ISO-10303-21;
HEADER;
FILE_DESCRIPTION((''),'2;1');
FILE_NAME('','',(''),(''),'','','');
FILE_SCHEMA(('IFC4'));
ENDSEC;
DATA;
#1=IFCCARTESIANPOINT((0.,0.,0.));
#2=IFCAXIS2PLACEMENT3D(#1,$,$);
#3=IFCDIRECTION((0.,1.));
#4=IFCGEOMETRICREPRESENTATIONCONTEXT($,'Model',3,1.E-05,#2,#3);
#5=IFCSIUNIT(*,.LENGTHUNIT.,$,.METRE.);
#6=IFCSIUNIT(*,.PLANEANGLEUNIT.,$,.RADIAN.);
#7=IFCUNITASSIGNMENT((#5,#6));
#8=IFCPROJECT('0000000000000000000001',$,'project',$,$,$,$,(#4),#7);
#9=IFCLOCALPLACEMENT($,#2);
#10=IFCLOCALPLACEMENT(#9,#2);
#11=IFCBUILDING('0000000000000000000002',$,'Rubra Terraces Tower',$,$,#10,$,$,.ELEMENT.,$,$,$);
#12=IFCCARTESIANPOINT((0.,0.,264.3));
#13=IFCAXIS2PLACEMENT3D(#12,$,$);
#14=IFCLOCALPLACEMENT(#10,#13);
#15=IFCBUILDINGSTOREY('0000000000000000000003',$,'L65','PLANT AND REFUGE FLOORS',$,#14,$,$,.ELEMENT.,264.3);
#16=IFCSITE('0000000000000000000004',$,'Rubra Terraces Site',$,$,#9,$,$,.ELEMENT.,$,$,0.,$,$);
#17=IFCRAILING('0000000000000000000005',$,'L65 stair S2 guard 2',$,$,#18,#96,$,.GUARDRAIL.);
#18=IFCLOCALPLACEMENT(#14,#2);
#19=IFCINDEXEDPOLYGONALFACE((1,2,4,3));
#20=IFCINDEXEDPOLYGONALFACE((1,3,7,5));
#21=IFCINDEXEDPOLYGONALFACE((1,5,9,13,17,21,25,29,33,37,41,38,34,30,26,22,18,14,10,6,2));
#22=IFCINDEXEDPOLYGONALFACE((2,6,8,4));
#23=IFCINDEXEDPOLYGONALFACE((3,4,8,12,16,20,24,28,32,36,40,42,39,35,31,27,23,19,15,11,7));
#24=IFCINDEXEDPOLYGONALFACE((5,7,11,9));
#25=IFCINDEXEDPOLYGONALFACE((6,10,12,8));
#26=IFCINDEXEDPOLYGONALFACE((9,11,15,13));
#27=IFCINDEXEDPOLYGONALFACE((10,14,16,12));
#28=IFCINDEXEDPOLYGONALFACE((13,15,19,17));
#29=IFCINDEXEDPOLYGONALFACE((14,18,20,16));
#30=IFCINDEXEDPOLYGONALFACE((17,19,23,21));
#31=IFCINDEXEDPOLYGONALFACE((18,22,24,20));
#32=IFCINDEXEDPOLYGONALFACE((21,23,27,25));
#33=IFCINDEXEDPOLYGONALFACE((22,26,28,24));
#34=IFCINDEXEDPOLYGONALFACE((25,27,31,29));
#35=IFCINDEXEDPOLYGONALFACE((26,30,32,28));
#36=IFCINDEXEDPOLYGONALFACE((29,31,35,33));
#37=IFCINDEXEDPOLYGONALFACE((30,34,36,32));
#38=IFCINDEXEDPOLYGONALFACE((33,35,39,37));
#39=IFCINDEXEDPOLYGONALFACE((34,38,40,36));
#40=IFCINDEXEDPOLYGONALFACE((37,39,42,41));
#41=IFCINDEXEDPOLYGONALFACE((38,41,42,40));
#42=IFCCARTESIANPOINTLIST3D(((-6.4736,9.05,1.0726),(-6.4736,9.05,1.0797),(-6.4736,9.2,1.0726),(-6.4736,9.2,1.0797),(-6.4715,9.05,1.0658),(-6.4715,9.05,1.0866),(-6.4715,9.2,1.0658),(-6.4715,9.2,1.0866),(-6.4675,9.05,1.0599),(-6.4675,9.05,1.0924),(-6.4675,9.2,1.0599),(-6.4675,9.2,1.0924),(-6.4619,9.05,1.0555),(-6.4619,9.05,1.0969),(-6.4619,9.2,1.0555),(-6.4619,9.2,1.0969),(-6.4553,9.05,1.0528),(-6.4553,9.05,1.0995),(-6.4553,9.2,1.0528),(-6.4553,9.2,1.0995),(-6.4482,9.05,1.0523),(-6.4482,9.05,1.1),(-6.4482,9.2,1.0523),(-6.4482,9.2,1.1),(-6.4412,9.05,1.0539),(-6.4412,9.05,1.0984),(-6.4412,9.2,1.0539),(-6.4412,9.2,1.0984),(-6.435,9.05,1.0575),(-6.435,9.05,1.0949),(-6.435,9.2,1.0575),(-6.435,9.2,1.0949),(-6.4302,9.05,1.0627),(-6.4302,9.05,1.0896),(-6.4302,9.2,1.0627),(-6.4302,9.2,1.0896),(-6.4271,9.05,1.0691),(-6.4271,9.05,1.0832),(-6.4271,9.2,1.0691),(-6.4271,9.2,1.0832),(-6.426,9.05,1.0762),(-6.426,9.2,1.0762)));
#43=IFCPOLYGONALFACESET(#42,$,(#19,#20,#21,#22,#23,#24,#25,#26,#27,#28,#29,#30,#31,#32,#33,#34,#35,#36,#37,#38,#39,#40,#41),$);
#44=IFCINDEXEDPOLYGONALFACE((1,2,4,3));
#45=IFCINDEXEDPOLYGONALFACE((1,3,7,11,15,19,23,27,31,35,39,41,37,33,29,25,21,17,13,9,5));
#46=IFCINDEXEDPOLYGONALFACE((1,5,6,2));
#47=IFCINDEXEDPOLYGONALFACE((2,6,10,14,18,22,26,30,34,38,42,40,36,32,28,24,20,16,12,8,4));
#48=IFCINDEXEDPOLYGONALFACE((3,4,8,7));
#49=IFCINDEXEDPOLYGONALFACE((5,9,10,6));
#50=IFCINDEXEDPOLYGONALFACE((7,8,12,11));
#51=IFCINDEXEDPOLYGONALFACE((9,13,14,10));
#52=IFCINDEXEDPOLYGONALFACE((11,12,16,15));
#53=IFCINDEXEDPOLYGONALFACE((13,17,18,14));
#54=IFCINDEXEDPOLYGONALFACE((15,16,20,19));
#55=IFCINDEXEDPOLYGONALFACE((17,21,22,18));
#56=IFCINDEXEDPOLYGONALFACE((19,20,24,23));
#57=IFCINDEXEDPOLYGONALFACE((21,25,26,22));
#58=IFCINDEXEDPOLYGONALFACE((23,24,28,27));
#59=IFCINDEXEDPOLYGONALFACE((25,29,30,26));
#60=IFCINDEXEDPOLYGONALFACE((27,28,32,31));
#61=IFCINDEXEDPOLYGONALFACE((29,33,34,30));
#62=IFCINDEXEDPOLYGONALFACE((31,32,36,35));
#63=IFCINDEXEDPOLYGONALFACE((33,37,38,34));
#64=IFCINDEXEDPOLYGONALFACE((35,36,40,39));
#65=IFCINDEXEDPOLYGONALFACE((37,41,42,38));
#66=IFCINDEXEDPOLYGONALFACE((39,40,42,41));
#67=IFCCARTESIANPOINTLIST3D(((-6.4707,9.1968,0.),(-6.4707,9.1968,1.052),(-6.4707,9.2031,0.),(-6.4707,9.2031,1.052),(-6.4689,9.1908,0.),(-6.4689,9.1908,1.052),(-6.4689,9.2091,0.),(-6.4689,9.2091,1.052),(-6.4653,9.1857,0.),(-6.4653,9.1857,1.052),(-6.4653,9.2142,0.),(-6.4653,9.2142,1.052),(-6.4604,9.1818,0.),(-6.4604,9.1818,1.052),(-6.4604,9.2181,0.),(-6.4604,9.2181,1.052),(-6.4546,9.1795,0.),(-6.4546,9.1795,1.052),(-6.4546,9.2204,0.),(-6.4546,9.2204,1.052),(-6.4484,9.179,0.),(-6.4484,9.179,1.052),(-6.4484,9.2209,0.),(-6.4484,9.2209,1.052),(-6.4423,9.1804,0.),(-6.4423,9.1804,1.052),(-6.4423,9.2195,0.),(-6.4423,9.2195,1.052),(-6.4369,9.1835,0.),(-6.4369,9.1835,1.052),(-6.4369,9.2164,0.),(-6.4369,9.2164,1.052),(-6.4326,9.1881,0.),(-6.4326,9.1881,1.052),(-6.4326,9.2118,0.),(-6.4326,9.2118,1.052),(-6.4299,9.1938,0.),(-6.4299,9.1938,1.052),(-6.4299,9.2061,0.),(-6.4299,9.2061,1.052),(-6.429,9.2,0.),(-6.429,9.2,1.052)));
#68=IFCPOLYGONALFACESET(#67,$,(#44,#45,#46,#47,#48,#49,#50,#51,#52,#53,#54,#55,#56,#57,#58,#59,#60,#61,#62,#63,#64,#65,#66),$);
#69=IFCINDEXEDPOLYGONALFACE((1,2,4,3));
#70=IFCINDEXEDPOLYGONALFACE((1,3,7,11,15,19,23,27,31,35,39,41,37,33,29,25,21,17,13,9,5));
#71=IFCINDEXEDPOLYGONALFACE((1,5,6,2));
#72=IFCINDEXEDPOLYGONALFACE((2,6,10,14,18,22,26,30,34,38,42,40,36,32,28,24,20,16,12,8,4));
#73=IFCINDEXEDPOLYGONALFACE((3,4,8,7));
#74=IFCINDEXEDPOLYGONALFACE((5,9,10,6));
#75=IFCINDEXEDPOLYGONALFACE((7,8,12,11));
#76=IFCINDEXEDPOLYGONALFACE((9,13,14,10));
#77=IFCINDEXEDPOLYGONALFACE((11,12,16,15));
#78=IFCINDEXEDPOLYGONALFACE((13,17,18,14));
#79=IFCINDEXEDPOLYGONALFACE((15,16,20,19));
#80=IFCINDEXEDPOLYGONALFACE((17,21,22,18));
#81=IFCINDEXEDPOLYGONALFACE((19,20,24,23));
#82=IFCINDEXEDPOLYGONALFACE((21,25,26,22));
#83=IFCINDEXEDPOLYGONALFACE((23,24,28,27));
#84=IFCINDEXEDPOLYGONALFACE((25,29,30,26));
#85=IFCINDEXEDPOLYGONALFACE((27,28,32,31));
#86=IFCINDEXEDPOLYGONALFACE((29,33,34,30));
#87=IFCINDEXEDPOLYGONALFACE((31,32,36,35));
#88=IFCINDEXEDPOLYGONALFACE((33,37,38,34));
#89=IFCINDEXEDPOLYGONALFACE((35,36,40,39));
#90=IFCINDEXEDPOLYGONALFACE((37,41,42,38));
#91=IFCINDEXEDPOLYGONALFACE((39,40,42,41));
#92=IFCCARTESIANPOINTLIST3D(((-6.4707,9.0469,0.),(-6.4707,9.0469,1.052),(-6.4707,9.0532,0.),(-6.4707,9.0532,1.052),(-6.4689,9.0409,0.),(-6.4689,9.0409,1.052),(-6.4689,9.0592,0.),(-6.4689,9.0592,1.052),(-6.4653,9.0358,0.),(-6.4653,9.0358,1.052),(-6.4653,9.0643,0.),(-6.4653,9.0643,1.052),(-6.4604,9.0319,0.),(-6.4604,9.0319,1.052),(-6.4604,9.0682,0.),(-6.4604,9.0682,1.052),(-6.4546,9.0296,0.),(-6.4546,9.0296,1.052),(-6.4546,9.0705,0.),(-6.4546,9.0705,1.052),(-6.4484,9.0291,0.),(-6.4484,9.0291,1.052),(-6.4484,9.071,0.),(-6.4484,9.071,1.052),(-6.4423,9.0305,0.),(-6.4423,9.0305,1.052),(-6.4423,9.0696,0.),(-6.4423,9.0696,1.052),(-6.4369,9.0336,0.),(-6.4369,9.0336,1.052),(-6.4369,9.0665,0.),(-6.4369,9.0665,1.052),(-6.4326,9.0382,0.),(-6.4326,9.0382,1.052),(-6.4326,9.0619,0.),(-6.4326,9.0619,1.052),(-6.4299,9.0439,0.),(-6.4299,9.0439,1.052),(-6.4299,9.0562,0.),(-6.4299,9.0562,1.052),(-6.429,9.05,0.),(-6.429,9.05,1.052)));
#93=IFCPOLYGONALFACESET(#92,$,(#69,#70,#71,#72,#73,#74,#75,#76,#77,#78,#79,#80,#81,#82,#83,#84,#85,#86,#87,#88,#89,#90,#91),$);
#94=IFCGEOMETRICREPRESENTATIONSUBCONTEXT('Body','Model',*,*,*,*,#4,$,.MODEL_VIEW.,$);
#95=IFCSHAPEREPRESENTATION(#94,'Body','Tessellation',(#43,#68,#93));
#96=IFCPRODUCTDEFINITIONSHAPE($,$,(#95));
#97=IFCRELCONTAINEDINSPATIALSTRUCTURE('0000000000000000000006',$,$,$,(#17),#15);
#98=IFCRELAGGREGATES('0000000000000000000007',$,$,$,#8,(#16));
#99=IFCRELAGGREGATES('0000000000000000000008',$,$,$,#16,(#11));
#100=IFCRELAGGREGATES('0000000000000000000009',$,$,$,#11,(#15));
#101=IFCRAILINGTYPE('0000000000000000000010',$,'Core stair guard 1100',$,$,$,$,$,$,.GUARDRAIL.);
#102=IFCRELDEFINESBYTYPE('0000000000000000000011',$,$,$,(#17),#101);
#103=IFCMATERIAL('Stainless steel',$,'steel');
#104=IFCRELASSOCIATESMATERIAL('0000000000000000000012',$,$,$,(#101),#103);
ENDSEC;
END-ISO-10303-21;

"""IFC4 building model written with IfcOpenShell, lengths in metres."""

from ifc_helpers import new_model, si_unit, direction, frame, origin, origin_2d, place, context, subcontext, project, spatial, circle, extrude, material, type_object, element, save


model = new_model("IFC4")

# Units and contexts
model_context = context("Model", 3, precision=1e-05, world=origin(), true_north=direction((0.0, 1.0)))
body_context = subcontext(model_context, "Body", "Model", "MODEL_VIEW")
ifc_project = project(units=[si_unit("LENGTHUNIT", "METRE"), si_unit("PLANEANGLEUNIT", "RADIAN")], contexts=[model_context])

# Site, building, storey
site_placement = place(None, origin())
site = spatial("IfcSite", under=ifc_project, at=site_placement, Name="Rubra Terraces Site", CompositionType="ELEMENT", RefElevation=0.0)
building_placement = place(site_placement, origin())
building = spatial("IfcBuilding", under=site, at=building_placement, Name="Rubra Terraces Tower", CompositionType="ELEMENT")
storey_placement = place(building_placement, frame((0.0, 0.0, 264.3)))
storey = spatial("IfcBuildingStorey", under=building, at=storey_placement, Name="L65", Description="PLANT AND REFUGE FLOORS", CompositionType="ELEMENT", Elevation=264.3)

# Shared definitions
ifc_material_1 = material(Name="Stainless steel", Category="steel")

# Railing
railing_type_1 = type_object("IfcRailingType", Name="Core stair guard 1100", PredefinedType="GUARDRAIL", material=ifc_material_1)
railing_1_placement = place(storey_placement, frame((-6.45, 9.2, 0.0)))
element("IfcRailing", 1, at=railing_1_placement, inside=storey, type_object=railing_type_1, Name="L65 stair S2 guard 2", PredefinedType="GUARDRAIL", context=body_context, shape_type="SweptSolid", body=[
    extrude(circle(Radius=0.0239, at=origin_2d()), frame((0.0, 0.0, 1.0762), z_axis=(0.0, -1.0, 0.0), x_axis=(1.0, 0.0, 0.0)), (0.0, 0.0, 1.0), 0.1499),
    extrude(circle(Radius=0.021, at=origin_2d()), origin(), (0.0, 0.0, 1.0), 1.052),
    extrude(circle(Radius=0.021, at=origin_2d()), frame((0.0, -0.1499, 0.0)), (0.0, 0.0, 1.0), 1.052),
])

save(model, "model.ifc")
